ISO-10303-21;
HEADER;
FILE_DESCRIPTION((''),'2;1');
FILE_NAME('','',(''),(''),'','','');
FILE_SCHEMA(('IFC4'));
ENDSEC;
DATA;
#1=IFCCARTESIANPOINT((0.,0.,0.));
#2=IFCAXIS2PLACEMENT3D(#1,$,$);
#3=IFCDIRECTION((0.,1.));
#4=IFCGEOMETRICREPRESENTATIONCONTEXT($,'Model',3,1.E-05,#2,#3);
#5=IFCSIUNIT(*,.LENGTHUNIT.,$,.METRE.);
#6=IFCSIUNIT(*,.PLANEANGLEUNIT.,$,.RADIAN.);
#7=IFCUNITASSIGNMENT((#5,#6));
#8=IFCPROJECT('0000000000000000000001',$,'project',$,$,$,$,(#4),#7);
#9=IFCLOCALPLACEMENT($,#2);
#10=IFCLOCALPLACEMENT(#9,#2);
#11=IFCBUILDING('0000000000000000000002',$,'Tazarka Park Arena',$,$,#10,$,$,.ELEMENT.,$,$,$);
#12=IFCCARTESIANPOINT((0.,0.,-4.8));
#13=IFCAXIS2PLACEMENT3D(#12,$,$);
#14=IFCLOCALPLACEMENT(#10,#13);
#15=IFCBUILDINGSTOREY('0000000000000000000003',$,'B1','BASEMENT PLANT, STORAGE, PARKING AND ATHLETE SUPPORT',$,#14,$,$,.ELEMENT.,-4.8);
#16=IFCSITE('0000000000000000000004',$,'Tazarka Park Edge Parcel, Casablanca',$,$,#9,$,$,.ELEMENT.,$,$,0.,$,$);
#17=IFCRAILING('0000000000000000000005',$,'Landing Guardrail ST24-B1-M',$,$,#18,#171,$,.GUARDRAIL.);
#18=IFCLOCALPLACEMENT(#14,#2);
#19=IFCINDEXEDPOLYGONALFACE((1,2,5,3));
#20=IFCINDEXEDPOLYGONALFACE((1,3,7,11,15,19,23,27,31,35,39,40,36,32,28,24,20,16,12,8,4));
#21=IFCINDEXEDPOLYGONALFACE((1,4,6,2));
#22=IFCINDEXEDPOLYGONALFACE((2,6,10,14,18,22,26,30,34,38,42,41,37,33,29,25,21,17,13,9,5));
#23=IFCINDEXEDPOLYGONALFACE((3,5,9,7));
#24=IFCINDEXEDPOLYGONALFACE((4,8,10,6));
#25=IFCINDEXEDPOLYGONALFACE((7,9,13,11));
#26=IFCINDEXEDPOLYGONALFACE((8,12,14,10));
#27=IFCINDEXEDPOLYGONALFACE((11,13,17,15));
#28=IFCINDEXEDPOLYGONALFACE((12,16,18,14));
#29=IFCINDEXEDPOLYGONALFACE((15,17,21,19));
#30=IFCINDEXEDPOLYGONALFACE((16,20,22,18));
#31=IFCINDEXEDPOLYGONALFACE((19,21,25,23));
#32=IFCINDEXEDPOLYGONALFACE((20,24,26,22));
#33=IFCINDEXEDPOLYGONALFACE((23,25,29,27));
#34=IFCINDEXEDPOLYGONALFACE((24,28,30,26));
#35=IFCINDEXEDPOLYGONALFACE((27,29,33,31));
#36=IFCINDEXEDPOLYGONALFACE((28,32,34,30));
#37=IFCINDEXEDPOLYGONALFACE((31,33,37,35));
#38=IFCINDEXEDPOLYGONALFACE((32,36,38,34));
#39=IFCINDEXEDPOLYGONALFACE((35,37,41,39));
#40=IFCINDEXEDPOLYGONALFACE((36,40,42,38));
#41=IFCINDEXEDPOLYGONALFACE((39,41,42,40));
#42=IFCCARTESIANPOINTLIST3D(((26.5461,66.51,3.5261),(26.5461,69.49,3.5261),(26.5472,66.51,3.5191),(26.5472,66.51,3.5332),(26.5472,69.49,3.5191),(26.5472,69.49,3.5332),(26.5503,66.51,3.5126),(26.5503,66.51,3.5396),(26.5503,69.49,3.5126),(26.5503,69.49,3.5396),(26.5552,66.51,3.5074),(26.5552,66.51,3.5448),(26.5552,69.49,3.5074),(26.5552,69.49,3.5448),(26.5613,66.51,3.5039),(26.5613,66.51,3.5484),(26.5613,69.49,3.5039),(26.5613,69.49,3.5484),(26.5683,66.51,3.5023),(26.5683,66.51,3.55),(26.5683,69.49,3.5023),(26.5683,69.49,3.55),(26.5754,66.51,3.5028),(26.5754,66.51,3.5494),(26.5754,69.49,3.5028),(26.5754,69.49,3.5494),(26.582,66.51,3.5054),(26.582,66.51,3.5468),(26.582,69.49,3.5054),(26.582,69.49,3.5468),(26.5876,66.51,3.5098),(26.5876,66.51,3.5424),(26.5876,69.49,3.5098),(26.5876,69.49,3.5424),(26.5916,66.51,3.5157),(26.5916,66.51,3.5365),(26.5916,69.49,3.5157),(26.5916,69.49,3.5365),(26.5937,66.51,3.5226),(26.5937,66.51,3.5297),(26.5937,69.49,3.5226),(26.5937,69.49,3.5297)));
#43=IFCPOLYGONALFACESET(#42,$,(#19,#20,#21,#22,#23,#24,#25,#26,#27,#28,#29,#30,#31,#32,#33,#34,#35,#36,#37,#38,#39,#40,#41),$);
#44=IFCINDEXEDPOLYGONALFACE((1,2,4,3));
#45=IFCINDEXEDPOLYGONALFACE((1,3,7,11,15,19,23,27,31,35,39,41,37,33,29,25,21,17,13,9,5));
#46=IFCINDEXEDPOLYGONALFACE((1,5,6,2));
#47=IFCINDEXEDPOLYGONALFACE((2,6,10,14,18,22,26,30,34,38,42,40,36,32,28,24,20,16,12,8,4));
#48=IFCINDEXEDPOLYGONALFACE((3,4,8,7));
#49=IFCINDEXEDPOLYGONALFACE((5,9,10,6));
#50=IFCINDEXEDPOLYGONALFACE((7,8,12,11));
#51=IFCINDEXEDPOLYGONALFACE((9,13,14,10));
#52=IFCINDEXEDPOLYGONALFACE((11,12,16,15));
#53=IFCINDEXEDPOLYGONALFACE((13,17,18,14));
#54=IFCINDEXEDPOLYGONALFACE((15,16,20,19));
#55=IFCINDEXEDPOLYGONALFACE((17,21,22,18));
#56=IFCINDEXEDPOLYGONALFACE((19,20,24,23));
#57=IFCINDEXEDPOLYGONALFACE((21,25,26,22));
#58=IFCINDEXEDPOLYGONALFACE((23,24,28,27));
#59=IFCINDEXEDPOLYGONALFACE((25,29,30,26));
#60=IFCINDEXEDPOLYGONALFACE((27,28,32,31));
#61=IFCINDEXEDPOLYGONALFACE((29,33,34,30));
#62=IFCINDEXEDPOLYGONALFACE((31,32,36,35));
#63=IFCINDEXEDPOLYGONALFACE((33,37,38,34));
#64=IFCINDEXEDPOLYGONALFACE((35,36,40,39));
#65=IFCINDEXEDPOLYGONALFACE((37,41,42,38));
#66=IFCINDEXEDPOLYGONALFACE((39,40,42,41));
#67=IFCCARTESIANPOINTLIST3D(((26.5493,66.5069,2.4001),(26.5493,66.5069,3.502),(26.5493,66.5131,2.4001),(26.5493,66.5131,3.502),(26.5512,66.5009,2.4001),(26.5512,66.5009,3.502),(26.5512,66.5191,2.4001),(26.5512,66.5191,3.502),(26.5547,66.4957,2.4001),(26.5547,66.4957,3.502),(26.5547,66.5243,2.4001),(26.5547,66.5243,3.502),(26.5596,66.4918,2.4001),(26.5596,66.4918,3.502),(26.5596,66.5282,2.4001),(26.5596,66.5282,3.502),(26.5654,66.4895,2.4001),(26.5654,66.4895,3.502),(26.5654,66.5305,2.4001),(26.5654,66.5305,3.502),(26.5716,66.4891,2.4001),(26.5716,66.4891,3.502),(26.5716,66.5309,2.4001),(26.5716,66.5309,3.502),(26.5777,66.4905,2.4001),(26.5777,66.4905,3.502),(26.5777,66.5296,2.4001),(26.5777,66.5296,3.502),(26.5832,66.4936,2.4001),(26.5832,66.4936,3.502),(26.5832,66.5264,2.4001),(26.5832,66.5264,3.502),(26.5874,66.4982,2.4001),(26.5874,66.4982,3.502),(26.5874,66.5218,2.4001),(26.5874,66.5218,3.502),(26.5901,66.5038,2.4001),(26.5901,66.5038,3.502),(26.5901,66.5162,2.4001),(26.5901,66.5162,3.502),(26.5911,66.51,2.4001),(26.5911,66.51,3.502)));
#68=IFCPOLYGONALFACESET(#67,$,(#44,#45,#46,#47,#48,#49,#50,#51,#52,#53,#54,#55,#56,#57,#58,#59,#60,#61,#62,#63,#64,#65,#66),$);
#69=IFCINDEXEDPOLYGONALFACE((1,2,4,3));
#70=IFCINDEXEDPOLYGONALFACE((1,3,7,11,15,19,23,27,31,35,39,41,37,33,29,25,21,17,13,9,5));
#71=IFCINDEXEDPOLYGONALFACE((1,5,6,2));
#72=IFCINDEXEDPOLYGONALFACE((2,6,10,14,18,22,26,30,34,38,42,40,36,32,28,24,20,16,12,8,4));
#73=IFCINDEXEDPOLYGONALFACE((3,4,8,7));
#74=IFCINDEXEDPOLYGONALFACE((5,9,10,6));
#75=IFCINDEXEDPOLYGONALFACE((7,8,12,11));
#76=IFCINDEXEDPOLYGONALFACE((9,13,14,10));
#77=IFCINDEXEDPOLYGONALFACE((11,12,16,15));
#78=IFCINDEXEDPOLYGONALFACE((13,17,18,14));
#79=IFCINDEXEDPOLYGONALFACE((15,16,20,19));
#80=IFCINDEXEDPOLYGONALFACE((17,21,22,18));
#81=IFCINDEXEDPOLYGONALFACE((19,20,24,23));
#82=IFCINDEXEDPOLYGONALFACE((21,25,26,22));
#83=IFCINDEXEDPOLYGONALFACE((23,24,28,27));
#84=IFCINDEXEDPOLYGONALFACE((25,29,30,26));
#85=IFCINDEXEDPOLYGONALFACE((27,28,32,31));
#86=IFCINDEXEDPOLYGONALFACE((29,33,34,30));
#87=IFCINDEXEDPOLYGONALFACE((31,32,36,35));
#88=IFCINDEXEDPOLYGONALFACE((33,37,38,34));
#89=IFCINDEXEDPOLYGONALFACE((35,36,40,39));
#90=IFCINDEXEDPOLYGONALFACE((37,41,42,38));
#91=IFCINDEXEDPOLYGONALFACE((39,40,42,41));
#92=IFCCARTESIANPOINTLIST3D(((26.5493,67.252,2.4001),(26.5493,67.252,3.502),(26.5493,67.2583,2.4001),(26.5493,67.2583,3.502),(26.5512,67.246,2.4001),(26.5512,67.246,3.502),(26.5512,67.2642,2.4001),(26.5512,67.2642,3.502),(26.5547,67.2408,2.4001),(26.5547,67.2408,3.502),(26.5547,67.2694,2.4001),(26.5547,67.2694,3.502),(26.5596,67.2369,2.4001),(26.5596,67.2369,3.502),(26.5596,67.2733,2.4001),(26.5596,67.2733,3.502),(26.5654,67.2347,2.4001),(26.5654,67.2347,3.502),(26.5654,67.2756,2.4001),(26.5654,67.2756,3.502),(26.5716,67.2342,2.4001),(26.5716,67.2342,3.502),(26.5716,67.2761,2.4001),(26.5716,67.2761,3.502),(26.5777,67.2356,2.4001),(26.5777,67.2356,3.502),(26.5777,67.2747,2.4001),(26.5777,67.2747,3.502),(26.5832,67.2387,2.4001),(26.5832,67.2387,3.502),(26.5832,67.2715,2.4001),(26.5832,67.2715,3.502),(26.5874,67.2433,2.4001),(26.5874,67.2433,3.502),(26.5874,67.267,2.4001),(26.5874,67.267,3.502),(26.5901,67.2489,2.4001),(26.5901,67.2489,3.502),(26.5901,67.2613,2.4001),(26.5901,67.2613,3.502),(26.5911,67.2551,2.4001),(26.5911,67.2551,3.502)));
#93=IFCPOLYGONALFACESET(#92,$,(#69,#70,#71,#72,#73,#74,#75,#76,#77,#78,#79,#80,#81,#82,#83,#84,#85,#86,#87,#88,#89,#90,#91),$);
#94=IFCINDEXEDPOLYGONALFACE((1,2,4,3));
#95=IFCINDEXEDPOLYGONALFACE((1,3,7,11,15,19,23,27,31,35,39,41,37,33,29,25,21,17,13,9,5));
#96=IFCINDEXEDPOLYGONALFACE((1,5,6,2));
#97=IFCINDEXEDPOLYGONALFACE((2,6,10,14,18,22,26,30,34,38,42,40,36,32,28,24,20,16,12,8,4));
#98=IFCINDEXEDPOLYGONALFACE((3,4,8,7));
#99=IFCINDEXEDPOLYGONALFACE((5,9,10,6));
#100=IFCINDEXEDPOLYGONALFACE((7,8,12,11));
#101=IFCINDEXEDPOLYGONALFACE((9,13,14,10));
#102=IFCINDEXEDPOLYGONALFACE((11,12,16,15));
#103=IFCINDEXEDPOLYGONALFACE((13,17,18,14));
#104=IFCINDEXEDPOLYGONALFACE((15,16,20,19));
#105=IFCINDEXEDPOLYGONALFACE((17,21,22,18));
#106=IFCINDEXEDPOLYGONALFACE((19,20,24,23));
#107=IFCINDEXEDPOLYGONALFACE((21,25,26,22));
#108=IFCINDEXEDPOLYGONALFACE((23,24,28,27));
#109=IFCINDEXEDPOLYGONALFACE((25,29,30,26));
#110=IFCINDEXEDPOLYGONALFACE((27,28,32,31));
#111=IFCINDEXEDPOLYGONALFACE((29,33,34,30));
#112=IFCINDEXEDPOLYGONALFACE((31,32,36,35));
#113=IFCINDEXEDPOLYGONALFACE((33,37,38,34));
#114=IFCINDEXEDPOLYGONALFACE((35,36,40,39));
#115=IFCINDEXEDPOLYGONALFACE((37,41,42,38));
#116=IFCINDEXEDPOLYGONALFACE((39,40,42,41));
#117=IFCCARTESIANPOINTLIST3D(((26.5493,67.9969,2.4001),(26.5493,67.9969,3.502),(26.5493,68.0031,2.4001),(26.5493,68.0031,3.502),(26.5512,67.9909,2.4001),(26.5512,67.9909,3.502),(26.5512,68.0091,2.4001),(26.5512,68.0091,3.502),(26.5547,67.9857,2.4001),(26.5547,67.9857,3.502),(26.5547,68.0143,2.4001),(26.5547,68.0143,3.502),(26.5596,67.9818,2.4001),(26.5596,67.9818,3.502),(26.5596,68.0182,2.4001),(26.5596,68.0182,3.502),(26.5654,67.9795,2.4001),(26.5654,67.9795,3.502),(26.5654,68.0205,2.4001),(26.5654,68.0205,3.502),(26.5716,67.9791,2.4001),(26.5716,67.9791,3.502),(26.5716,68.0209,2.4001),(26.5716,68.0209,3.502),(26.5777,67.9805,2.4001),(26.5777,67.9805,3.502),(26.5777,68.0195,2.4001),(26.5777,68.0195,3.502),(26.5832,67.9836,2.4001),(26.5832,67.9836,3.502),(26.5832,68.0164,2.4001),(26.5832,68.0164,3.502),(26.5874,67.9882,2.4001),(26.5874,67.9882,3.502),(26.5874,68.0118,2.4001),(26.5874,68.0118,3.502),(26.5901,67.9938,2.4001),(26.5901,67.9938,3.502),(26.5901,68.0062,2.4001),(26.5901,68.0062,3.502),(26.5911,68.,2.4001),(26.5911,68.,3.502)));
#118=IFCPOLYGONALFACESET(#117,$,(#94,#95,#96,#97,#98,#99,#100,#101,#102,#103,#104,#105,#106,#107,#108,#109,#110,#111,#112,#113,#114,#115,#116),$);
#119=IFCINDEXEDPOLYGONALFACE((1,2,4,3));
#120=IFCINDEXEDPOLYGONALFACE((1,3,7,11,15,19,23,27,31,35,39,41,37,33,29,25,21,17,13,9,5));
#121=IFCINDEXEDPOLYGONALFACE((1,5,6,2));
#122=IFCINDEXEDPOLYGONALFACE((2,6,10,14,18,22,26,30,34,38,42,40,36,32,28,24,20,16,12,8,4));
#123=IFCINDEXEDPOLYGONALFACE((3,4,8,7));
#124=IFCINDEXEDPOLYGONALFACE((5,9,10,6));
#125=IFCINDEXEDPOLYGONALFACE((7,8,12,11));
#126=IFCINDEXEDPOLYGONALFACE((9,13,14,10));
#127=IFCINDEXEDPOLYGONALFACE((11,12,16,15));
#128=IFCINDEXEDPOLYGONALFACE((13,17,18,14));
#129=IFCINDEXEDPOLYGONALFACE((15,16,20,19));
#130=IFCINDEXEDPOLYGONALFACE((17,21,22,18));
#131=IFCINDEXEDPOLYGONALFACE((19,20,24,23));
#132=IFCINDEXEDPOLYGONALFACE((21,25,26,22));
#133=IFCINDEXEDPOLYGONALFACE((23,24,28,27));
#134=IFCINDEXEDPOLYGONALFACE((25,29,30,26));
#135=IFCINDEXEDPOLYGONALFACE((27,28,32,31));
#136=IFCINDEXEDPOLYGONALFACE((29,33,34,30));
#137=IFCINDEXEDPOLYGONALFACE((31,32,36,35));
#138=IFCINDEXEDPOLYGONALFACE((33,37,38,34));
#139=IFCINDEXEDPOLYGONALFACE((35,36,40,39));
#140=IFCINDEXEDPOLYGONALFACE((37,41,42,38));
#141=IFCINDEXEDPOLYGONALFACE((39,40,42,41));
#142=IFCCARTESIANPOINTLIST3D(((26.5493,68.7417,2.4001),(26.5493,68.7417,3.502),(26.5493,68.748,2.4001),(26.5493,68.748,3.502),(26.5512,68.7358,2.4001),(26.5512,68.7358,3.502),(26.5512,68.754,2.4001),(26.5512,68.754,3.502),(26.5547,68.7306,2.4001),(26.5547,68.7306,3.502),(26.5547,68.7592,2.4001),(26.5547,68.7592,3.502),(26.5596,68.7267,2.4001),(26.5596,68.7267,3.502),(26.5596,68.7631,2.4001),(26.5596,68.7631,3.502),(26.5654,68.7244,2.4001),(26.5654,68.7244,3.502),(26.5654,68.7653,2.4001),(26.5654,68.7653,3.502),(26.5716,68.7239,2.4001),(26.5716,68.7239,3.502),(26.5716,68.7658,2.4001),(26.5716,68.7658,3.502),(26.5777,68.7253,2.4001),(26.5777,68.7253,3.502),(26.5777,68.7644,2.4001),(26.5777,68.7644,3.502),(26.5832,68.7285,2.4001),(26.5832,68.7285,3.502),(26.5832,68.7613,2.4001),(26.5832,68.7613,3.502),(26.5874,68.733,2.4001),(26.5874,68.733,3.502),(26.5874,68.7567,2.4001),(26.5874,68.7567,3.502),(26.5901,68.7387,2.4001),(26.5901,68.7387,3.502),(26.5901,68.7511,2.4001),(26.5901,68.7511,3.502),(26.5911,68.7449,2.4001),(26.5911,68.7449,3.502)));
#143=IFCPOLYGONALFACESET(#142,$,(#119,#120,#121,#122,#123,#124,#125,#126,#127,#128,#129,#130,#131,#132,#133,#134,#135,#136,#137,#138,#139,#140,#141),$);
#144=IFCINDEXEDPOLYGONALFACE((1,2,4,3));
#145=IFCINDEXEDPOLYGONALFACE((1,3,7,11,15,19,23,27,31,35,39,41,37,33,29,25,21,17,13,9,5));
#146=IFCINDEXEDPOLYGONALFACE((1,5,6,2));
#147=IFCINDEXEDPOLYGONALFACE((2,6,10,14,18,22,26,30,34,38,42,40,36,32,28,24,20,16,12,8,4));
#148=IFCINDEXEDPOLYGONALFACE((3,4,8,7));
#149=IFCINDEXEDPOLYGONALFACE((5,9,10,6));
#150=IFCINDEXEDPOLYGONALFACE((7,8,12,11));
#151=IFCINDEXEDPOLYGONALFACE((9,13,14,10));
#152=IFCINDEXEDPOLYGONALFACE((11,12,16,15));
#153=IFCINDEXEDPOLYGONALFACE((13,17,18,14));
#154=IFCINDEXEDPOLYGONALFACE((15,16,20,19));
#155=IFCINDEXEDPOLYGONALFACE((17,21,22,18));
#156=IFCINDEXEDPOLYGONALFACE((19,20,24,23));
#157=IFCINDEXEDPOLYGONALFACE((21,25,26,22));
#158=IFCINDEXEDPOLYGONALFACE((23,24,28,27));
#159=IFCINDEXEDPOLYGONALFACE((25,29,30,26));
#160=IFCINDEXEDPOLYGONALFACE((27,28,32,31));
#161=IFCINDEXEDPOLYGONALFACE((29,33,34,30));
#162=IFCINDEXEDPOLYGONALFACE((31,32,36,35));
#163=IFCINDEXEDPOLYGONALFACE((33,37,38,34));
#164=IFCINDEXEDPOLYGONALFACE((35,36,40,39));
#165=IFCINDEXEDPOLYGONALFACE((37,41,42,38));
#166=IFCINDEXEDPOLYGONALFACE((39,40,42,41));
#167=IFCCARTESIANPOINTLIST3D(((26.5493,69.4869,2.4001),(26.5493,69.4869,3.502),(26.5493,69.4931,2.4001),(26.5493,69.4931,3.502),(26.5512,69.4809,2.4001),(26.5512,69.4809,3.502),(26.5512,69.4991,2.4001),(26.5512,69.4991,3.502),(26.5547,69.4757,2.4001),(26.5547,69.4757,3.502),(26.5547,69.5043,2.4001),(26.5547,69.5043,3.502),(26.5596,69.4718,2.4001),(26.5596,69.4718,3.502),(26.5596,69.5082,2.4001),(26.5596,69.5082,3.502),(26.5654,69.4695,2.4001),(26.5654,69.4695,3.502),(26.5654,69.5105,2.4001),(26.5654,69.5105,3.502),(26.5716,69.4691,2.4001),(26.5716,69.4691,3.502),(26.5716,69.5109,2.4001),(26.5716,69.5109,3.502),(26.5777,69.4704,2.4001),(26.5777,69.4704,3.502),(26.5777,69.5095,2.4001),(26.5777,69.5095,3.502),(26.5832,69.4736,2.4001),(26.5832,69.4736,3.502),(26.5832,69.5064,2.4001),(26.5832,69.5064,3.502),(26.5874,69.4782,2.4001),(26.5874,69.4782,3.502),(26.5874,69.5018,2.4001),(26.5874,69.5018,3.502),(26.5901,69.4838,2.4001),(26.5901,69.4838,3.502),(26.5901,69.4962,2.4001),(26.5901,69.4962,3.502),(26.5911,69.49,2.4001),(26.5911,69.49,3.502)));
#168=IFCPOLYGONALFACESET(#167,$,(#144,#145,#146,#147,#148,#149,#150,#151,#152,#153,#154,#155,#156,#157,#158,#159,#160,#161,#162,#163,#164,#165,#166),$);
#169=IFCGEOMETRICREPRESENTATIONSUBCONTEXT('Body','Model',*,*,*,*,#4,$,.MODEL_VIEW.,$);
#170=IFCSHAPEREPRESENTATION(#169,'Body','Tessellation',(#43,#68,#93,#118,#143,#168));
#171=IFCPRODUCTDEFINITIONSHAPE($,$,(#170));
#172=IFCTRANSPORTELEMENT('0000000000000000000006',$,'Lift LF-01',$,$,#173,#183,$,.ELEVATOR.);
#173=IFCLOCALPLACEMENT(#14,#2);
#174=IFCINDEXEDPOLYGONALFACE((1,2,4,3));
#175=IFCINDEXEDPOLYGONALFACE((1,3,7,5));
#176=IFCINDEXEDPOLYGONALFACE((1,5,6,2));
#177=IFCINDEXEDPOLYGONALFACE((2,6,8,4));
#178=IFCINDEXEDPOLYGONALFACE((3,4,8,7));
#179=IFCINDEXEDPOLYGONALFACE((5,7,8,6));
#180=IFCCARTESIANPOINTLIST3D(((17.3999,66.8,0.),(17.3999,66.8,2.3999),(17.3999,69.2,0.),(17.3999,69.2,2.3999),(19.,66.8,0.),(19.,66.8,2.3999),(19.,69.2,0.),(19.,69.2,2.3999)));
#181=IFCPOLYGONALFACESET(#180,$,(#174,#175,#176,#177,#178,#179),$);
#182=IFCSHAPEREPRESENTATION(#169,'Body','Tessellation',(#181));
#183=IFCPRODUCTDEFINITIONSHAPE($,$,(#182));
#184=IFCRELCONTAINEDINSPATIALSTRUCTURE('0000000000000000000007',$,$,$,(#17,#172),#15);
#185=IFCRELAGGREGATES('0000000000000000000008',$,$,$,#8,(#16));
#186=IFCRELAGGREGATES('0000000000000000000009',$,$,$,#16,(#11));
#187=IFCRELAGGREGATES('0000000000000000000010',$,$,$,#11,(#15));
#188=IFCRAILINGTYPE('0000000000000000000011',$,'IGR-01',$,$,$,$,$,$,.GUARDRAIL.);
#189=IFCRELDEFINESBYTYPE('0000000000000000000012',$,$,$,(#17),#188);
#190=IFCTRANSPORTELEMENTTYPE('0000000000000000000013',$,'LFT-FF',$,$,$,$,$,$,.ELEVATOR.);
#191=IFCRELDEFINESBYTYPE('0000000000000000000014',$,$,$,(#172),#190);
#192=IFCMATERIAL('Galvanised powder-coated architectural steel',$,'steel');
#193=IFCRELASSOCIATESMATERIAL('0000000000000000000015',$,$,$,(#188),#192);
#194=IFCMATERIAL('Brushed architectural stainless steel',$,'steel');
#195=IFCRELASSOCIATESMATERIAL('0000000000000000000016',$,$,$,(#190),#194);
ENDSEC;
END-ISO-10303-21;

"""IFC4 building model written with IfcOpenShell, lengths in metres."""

from ifc_helpers import new_model, si_unit, direction, frame, origin, origin_2d, place, context, subcontext, project, spatial, rectangle, circle, extrude, material, type_object, element, save


model = new_model("IFC4")

# Units and contexts
model_context = context("Model", 3, precision=1e-05, world=origin(), true_north=direction((0.0, 1.0)))
body_context = subcontext(model_context, "Body", "Model", "MODEL_VIEW")
ifc_project = project(units=[si_unit("LENGTHUNIT", "METRE"), si_unit("PLANEANGLEUNIT", "RADIAN")], contexts=[model_context])

# Site, building, storey
site_placement = place(None, origin())
site = spatial("IfcSite", under=ifc_project, at=site_placement, Name="Tazarka Park Edge Parcel, Casablanca", CompositionType="ELEMENT", RefElevation=0.0)
building_placement = place(site_placement, origin())
building = spatial("IfcBuilding", under=site, at=building_placement, Name="Tazarka Park Arena", CompositionType="ELEMENT")
storey_placement = place(building_placement, frame((0.0, 0.0, -4.8)))
storey = spatial("IfcBuildingStorey", under=building, at=storey_placement, Name="B1", Description="BASEMENT PLANT, STORAGE, PARKING AND ATHLETE SUPPORT", CompositionType="ELEMENT", Elevation=-4.8)

# Railing
ifc_material_1 = material(Name="Galvanised powder-coated architectural steel", Category="steel")
railing_type_1 = type_object("IfcRailingType", Name="IGR-01", PredefinedType="GUARDRAIL", material=ifc_material_1)
railing_1_placement = place(storey_placement, frame((26.5701, 66.51, 2.4001)))
element("IfcRailing", 1, at=railing_1_placement, inside=storey, type_object=railing_type_1, Name="Landing Guardrail ST24-B1-M", PredefinedType="GUARDRAIL", context=body_context, shape_type="SweptSolid", body=[
    extrude(circle(Radius=0.0239, at=origin_2d()), frame((0.0, 0.0, 1.126), z_axis=(0.0, 1.0, 0.0), x_axis=(-1.0, 0.0, 0.0)), (0.0, 0.0, 1.0), 2.98),
    extrude(circle(Radius=0.021, at=origin_2d()), origin(), (0.0, 0.0, 1.0), 1.1018),
    extrude(circle(Radius=0.021, at=origin_2d()), frame((0.0, 0.7451, 0.0)), (0.0, 0.0, 1.0), 1.1018),
    extrude(circle(Radius=0.021, at=origin_2d()), frame((0.0, 1.49, 0.0)), (0.0, 0.0, 1.0), 1.1018),
    extrude(circle(Radius=0.021, at=origin_2d()), frame((0.0, 2.2349, 0.0)), (0.0, 0.0, 1.0), 1.1018),
    extrude(circle(Radius=0.021, at=origin_2d()), frame((0.0, 2.98, 0.0)), (0.0, 0.0, 1.0), 1.1018),
])

# Transport element
ifc_material_2 = material(Name="Brushed architectural stainless steel", Category="steel")
transport_element_type = type_object("IfcTransportElementType", Name="LFT-FF", PredefinedType="ELEVATOR", material=ifc_material_2)
transport_element_placement = place(storey_placement, frame((18.2, 68.0, 0.0), z_axis=(0.0, 0.0, 1.0), x_axis=(1.0, 0.0, 0.0)))
element("IfcTransportElement", 2, at=transport_element_placement, inside=storey, type_object=transport_element_type, Name="Lift LF-01", PredefinedType="ELEVATOR", context=body_context, shape_type="SweptSolid", body=[
    extrude(rectangle(XDim=1.6001, YDim=2.3999, at=origin_2d()), origin(), (0.0, 0.0, 1.0), 2.3999),
])

save(model, "model.ifc")
